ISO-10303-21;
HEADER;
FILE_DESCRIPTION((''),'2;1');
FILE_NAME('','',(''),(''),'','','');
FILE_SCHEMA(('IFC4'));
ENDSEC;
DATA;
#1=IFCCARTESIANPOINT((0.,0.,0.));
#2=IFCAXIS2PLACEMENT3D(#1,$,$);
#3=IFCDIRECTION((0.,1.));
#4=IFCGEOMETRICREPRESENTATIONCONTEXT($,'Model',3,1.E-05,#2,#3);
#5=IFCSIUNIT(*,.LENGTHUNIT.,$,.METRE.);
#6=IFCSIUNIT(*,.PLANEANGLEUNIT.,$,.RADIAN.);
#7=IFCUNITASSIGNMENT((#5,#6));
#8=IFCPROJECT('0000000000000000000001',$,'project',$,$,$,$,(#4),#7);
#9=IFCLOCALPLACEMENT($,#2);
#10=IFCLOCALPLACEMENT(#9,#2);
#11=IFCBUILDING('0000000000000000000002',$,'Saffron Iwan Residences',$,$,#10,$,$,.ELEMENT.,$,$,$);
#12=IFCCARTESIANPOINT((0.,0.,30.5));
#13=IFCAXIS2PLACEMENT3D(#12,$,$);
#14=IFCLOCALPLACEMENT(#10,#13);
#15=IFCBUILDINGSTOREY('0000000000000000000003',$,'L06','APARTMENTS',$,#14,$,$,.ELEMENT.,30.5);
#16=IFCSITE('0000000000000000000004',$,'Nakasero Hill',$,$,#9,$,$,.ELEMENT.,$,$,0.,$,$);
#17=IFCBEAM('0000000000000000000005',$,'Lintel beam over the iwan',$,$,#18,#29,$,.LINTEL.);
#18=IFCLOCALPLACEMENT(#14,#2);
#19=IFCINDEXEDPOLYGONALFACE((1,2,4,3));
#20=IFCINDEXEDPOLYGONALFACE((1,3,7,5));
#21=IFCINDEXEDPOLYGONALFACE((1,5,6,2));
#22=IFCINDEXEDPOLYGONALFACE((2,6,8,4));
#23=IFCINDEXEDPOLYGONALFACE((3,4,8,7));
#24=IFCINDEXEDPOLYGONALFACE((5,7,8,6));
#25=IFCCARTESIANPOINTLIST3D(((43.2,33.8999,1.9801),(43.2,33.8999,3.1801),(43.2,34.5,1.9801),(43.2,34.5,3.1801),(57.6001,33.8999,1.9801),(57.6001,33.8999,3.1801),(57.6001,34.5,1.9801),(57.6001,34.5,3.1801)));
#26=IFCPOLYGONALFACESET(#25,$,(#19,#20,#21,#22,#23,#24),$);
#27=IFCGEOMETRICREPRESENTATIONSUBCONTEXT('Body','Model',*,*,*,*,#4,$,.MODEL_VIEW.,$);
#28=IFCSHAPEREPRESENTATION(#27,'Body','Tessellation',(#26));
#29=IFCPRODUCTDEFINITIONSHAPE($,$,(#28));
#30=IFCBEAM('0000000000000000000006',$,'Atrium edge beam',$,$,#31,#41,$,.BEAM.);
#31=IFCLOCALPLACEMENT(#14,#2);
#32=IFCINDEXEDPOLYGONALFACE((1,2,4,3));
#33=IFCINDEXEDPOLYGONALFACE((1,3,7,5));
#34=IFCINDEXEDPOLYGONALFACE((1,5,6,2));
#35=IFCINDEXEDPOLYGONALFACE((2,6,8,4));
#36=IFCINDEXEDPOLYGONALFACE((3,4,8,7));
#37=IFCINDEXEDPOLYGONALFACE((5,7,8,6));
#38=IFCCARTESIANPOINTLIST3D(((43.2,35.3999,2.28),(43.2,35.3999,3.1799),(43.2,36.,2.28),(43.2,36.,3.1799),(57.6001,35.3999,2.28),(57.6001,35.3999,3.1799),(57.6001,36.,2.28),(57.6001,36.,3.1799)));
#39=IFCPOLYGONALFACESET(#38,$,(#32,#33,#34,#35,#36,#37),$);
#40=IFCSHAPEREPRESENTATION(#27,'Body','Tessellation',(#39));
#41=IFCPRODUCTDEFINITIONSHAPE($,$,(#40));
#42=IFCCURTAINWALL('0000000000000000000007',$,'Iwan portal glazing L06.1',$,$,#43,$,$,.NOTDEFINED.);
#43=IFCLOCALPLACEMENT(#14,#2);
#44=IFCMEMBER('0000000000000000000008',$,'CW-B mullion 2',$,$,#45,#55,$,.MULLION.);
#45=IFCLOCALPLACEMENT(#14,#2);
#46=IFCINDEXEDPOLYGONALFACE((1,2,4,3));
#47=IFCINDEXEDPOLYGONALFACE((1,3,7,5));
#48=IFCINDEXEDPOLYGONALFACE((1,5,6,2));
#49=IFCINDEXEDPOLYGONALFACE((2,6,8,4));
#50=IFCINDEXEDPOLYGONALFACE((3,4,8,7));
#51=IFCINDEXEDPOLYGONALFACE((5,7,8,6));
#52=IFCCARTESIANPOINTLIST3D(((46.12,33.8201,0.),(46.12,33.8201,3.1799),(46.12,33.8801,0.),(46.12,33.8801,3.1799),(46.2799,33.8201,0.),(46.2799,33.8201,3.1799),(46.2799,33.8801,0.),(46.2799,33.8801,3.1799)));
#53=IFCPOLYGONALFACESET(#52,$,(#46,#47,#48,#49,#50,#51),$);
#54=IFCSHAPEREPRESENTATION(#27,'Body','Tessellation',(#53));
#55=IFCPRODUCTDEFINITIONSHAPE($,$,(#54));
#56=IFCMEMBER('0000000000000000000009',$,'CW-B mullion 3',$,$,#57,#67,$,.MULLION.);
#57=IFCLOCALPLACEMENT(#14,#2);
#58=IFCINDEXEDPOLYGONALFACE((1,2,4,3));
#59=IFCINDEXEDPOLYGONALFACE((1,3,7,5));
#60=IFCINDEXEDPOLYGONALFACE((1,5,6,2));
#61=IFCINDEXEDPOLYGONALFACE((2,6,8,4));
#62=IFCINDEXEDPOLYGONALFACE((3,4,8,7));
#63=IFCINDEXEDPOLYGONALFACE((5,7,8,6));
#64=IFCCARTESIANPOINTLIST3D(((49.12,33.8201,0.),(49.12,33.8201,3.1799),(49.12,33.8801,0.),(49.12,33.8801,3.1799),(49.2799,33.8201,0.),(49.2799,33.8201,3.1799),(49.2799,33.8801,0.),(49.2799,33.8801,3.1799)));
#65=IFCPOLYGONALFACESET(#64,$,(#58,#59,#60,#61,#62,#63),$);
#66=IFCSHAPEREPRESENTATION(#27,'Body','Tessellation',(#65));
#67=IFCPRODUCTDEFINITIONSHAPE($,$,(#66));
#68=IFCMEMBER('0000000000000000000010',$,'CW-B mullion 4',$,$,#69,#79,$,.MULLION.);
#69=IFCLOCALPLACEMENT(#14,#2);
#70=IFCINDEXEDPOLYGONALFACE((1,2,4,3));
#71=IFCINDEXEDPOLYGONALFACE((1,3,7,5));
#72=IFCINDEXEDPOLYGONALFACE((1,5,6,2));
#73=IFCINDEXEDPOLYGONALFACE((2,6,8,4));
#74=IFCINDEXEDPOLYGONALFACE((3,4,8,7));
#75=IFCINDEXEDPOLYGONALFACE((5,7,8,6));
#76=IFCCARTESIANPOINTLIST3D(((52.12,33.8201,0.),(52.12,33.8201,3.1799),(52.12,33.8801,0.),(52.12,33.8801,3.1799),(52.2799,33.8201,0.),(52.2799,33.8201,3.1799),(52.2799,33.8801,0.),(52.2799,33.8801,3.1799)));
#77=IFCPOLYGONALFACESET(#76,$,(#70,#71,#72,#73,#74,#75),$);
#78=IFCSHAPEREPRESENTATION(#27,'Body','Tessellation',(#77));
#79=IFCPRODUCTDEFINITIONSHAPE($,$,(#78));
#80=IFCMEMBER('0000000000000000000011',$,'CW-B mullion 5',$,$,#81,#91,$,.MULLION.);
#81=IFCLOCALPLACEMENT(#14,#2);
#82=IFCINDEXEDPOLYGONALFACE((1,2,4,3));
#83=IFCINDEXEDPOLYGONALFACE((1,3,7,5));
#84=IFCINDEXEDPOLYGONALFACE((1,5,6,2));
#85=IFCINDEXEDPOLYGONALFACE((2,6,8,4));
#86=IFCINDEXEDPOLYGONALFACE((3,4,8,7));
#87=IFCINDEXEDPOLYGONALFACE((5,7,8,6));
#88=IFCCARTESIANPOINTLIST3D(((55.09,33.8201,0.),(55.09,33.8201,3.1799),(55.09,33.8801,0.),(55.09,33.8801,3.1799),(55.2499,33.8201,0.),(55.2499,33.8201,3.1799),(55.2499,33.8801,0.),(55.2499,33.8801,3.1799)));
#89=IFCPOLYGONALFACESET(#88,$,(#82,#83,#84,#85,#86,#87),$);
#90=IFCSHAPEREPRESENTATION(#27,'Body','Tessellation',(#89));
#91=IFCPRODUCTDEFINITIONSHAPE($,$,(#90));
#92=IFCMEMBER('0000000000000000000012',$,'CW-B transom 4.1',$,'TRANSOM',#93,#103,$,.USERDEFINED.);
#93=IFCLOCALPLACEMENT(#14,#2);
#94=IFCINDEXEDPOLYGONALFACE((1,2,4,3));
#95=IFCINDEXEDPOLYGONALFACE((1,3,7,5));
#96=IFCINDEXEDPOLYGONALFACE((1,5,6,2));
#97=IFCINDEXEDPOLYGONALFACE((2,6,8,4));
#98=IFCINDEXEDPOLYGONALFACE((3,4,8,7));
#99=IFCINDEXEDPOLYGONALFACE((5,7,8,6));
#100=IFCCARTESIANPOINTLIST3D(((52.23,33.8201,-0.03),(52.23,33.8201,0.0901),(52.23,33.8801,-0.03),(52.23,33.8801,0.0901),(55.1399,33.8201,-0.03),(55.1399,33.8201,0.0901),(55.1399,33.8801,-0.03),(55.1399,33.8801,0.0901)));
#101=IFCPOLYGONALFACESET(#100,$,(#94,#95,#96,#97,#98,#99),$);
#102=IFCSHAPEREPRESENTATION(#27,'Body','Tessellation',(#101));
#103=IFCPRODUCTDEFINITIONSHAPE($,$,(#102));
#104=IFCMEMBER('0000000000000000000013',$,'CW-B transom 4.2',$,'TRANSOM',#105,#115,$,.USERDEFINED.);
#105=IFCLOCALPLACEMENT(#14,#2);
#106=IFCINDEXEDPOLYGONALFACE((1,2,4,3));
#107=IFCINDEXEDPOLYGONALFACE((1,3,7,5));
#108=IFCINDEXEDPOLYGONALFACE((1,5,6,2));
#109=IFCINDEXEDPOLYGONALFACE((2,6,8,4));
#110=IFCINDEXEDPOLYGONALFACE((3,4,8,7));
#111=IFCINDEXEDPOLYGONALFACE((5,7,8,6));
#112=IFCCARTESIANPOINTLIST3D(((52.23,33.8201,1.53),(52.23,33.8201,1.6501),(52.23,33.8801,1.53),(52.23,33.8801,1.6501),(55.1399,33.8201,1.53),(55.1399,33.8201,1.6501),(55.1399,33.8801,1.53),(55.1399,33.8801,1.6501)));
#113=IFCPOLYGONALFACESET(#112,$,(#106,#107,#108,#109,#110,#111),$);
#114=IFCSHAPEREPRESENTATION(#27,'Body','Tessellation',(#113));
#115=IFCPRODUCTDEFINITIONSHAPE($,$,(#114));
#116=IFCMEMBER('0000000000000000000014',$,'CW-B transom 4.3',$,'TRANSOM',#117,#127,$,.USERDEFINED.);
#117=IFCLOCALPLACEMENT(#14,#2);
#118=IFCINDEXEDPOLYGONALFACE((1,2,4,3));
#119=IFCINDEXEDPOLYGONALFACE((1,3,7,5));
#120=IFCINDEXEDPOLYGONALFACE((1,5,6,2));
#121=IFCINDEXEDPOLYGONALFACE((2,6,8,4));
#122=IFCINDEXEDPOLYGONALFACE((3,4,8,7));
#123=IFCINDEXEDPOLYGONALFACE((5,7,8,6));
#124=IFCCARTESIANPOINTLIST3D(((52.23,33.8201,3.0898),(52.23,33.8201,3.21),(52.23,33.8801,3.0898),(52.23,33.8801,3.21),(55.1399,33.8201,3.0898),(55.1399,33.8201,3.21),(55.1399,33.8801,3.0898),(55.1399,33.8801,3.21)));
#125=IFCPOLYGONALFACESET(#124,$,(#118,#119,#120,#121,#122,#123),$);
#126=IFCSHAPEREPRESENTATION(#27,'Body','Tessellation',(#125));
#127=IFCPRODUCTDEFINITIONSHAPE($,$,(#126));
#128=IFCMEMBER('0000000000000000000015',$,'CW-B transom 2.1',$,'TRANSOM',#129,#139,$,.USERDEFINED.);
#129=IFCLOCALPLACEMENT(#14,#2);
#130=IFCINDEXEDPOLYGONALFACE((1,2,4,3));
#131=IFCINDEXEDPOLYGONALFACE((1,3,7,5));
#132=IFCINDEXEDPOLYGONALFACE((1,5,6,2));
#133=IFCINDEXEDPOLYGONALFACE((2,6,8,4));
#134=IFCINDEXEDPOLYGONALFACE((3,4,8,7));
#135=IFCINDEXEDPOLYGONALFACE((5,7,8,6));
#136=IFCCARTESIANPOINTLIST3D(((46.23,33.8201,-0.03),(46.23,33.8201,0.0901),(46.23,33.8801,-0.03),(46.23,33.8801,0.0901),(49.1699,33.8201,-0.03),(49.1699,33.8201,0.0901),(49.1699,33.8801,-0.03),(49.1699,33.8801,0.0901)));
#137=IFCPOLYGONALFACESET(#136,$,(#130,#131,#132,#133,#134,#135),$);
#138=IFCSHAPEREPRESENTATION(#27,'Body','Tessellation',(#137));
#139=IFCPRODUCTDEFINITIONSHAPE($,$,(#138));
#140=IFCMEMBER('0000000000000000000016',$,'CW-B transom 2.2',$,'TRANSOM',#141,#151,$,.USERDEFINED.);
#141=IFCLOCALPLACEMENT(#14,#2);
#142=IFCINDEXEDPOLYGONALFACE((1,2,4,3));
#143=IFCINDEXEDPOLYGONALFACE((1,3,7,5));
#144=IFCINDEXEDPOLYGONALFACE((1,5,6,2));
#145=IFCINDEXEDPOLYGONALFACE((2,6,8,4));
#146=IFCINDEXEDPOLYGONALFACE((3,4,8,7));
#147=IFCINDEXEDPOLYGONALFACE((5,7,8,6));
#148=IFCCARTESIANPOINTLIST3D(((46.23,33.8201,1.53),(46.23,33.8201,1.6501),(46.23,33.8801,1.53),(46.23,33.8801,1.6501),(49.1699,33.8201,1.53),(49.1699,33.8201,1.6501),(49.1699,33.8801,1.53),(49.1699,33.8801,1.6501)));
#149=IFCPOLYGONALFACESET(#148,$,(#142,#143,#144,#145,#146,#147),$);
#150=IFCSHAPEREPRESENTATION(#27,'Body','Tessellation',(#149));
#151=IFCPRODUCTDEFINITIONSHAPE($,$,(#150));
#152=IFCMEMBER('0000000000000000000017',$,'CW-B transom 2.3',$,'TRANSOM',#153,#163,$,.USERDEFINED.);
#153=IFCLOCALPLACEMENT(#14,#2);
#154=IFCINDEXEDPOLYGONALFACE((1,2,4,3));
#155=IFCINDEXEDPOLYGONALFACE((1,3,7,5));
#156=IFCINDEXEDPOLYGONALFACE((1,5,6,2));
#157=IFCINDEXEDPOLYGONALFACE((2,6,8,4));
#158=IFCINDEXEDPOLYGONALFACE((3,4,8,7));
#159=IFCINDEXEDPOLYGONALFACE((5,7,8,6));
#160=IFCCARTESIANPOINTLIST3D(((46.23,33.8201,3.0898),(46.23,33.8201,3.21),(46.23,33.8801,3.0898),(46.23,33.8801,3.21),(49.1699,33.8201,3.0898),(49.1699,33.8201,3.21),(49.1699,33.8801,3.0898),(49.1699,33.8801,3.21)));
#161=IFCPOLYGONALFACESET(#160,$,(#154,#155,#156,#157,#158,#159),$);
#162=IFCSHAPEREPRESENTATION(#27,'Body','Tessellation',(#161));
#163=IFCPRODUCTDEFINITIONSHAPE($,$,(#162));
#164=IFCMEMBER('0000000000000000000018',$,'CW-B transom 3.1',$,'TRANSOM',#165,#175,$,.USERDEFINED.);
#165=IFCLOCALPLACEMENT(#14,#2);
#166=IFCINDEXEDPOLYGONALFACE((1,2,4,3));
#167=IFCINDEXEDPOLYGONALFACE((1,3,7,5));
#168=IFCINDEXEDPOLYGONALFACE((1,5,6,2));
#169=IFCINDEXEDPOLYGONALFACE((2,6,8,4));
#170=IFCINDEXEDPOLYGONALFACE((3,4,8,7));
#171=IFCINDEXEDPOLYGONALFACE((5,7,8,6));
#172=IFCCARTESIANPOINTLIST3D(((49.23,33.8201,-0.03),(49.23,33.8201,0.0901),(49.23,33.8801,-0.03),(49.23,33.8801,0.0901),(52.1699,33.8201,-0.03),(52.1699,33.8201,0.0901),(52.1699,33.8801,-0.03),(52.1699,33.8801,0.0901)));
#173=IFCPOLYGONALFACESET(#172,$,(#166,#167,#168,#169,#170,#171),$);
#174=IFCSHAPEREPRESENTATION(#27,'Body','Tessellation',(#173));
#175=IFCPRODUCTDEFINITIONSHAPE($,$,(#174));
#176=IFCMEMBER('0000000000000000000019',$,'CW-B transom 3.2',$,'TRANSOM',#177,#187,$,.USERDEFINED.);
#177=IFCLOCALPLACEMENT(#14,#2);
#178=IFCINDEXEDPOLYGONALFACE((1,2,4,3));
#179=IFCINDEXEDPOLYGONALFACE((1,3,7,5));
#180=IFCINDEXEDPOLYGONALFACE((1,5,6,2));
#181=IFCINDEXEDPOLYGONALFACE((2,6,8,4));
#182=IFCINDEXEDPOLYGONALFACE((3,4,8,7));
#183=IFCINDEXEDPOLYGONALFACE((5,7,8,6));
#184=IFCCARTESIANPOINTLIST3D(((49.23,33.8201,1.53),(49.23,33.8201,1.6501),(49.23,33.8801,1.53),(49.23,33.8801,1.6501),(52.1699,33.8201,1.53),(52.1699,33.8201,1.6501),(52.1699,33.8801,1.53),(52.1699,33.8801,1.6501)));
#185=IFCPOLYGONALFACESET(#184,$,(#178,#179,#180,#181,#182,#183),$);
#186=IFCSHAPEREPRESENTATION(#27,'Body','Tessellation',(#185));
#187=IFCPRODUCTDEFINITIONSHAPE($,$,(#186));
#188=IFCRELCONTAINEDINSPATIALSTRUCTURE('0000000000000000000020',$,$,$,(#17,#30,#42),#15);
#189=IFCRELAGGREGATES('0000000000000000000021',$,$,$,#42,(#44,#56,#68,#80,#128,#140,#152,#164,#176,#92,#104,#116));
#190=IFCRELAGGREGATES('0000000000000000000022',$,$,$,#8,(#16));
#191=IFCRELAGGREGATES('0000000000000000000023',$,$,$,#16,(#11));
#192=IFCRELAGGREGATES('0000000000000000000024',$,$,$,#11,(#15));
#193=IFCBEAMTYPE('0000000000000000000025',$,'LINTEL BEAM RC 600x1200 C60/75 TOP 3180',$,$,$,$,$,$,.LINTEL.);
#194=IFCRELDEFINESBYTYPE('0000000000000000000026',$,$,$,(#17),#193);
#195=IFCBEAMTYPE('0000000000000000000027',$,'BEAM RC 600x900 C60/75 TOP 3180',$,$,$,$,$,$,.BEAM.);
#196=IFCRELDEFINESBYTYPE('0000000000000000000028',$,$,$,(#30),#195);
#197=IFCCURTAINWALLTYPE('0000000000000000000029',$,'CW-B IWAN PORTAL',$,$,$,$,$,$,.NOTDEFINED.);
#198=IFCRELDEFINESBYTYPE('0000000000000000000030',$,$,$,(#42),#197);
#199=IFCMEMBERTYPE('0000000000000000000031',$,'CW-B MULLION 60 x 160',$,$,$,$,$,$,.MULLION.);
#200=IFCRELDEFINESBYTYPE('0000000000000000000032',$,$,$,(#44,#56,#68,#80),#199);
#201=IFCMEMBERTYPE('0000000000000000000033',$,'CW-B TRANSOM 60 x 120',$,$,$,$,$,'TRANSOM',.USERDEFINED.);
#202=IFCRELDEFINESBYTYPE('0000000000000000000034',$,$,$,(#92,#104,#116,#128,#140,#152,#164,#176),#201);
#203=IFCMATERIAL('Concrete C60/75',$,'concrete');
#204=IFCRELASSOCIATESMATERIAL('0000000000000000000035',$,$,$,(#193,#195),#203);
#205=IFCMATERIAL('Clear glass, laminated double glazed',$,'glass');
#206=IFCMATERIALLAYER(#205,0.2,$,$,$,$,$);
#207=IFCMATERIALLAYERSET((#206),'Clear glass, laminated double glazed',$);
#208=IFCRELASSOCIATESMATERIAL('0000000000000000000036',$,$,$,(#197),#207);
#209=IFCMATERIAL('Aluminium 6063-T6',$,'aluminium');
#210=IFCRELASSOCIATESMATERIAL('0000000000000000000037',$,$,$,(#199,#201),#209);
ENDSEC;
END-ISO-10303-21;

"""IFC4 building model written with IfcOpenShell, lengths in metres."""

from ifc_helpers import new_model, si_unit, direction, frame, origin, origin_2d, place, context, subcontext, project, spatial, rectangle, extrude, source, transform, mapped, material, layer, layer_set, material_profile, profile_set, type_object, element, aggregate, save


model = new_model("IFC4")

# Units and contexts
model_context = context("Model", 3, precision=1e-05, world=origin(), true_north=direction((0.0, 1.0)))
body_context = subcontext(model_context, "Body", "Model", "MODEL_VIEW")
ifc_project = project(units=[si_unit("LENGTHUNIT", "METRE"), si_unit("PLANEANGLEUNIT", "RADIAN")], contexts=[model_context])

# Site, building, storey
site_placement = place(None, origin())
site = spatial("IfcSite", under=ifc_project, at=site_placement, Name="Nakasero Hill", CompositionType="ELEMENT", RefElevation=0.0)
building_placement = place(site_placement, origin())
building = spatial("IfcBuilding", under=site, at=building_placement, Name="Saffron Iwan Residences", CompositionType="ELEMENT")
storey_placement = place(building_placement, frame((0.0, 0.0, 30.5)))
storey = spatial("IfcBuildingStorey", under=building, at=storey_placement, Name="L06", Description="APARTMENTS", CompositionType="ELEMENT", Elevation=30.5)

# Beams
ifc_material_1 = material(Name="Concrete C60/75", Category="concrete")
ifc_material_profile_1 = material_profile(ifc_material_1, rectangle(XDim=0.6001, YDim=1.2, at=origin_2d()), Name="RC 600x1200")
ifc_profile_set_1 = profile_set([ifc_material_profile_1], Name="Concrete C60/75")
beam_type_1 = type_object("IfcBeamType", Name="LINTEL BEAM RC 600x1200 C60/75 TOP 3180", PredefinedType="LINTEL", material=ifc_profile_set_1)
shared_shape_1 = source(origin(), body_context, "Body", "SweptSolid", [
    extrude(rectangle(XDim=0.6001, YDim=1.2, at=origin_2d()), origin(), (0.0, 0.0, 1.0), 14.4001),
])
beam_1_placement = place(storey_placement, frame((57.6001, 34.2, 2.5801), z_axis=(-1.0, 0.0, 0.0), x_axis=(0.0, -1.0, 0.0)))
element("IfcBeam", 1, at=beam_1_placement, inside=storey, type_object=beam_type_1, Name="Lintel beam over the iwan", PredefinedType="LINTEL", context=body_context, shape_type="MappedRepresentation", body=[
    mapped(shared_shape_1, transform((0.0, 0.0, 0.0))),
])
ifc_material_profile_2 = material_profile(ifc_material_1, rectangle(XDim=0.6001, YDim=0.8999, at=origin_2d()), Name="RC 600x900")
ifc_profile_set_2 = profile_set([ifc_material_profile_2], Name="Concrete C60/75")
beam_type_2 = type_object("IfcBeamType", Name="BEAM RC 600x900 C60/75 TOP 3180", PredefinedType="BEAM", material=ifc_profile_set_2)
shared_shape_2 = source(origin(), body_context, "Body", "SweptSolid", [
    extrude(rectangle(XDim=0.6001, YDim=0.8999, at=origin_2d()), origin(), (0.0, 0.0, 1.0), 14.4001),
])
beam_2_placement = place(storey_placement, frame((57.6001, 35.7, 2.73), z_axis=(-1.0, 0.0, 0.0), x_axis=(0.0, -1.0, 0.0)))
element("IfcBeam", 2, at=beam_2_placement, inside=storey, type_object=beam_type_2, Name="Atrium edge beam", PredefinedType="BEAM", context=body_context, shape_type="MappedRepresentation", body=[
    mapped(shared_shape_2, transform((0.0, 0.0, 0.0))),
])

# Curtain wall, members
ifc_material_2 = material(Name="Clear glass, laminated double glazed", Category="glass")
ifc_layer_1 = layer(ifc_material_2, 0.2)
ifc_layer_set_1 = layer_set([ifc_layer_1], Name="Clear glass, laminated double glazed")
curtain_wall_type = type_object("IfcCurtainWallType", Name="CW-B IWAN PORTAL", PredefinedType="NOTDEFINED", material=ifc_layer_set_1)
curtain_wall_placement = place(storey_placement, origin())
curtain_wall = element("IfcCurtainWall", 3, at=curtain_wall_placement, inside=storey, type_object=curtain_wall_type, Name="Iwan portal glazing L06.1", PredefinedType="NOTDEFINED")
ifc_material_3 = material(Name="Aluminium 6063-T6", Category="aluminium")
ifc_material_profile_3 = material_profile(ifc_material_3, rectangle(XDim=0.0601, YDim=0.1599, at=origin_2d()), Name="CW-B MULLION 60 x 160")
ifc_profile_set_3 = profile_set([ifc_material_profile_3], Name="Aluminium 6063-T6")
member_type_1 = type_object("IfcMemberType", Name="CW-B MULLION 60 x 160", PredefinedType="MULLION", material=ifc_profile_set_3)
shared_shape_3 = source(origin(), body_context, "Body", "SweptSolid", [
    extrude(rectangle(XDim=0.0601, YDim=0.1599, at=origin_2d()), origin(), (0.0, 0.0, 1.0), 3.1799),
])
member_1_placement = place(storey_placement, frame((46.2, 33.8501, 0.0), z_axis=(0.0, 0.0, 1.0), x_axis=(0.0, 1.0, 0.0)))
member_1 = element("IfcMember", 4, at=member_1_placement, type_object=member_type_1, Name="CW-B mullion 2", PredefinedType="MULLION", context=body_context, shape_type="MappedRepresentation", body=[
    mapped(shared_shape_3, transform((0.0, 0.0, 0.0))),
])
member_2_placement = place(storey_placement, frame((49.2, 33.8501, 0.0), z_axis=(0.0, 0.0, 1.0), x_axis=(0.0, 1.0, 0.0)))
member_2 = element("IfcMember", 5, at=member_2_placement, type_object=member_type_1, Name="CW-B mullion 3", PredefinedType="MULLION", context=body_context, shape_type="MappedRepresentation", body=[
    mapped(shared_shape_3, transform((0.0, 0.0, 0.0))),
])
member_3_placement = place(storey_placement, frame((52.2, 33.8501, 0.0), z_axis=(0.0, 0.0, 1.0), x_axis=(0.0, 1.0, 0.0)))
member_3 = element("IfcMember", 6, at=member_3_placement, type_object=member_type_1, Name="CW-B mullion 4", PredefinedType="MULLION", context=body_context, shape_type="MappedRepresentation", body=[
    mapped(shared_shape_3, transform((0.0, 0.0, 0.0))),
])
member_4_placement = place(storey_placement, frame((55.1699, 33.8501, 0.0), z_axis=(0.0, 0.0, 1.0), x_axis=(0.0, 1.0, 0.0)))
member_4 = element("IfcMember", 7, at=member_4_placement, type_object=member_type_1, Name="CW-B mullion 5", PredefinedType="MULLION", context=body_context, shape_type="MappedRepresentation", body=[
    mapped(shared_shape_3, transform((0.0, 0.0, 0.0))),
])
ifc_material_profile_4 = material_profile(ifc_material_3, rectangle(XDim=0.0601, YDim=0.1201, at=origin_2d()), Name="CW-B TRANSOM 60 x 120")
ifc_profile_set_4 = profile_set([ifc_material_profile_4], Name="Aluminium 6063-T6")
member_type_2 = type_object("IfcMemberType", Name="CW-B TRANSOM 60 x 120", ElementType="TRANSOM", PredefinedType="USERDEFINED", material=ifc_profile_set_4)
shared_shape_4 = source(origin(), body_context, "Body", "SweptSolid", [
    extrude(rectangle(XDim=0.0601, YDim=0.1201, at=origin_2d()), origin(), (0.0, 0.0, 1.0), 2.9099),
])
member_5_placement = place(storey_placement, frame((52.23, 33.8501, 0.03), z_axis=(1.0, 0.0, 0.0), x_axis=(0.0, 1.0, 0.0)))
member_5 = element("IfcMember", 8, at=member_5_placement, type_object=member_type_2, Name="CW-B transom 4.1", ObjectType="TRANSOM", PredefinedType="USERDEFINED", context=body_context, shape_type="MappedRepresentation", body=[
    mapped(shared_shape_4, transform((0.0, 0.0, 0.0))),
])
member_6_placement = place(storey_placement, frame((52.23, 33.8501, 1.5901), z_axis=(1.0, 0.0, 0.0), x_axis=(0.0, 1.0, 0.0)))
member_6 = element("IfcMember", 9, at=member_6_placement, type_object=member_type_2, Name="CW-B transom 4.2", ObjectType="TRANSOM", PredefinedType="USERDEFINED", context=body_context, shape_type="MappedRepresentation", body=[
    mapped(shared_shape_4, transform((0.0, 0.0, 0.0))),
])
member_7_placement = place(storey_placement, frame((52.23, 33.8501, 3.1499), z_axis=(1.0, 0.0, 0.0), x_axis=(0.0, 1.0, 0.0)))
member_7 = element("IfcMember", 10, at=member_7_placement, type_object=member_type_2, Name="CW-B transom 4.3", ObjectType="TRANSOM", PredefinedType="USERDEFINED", context=body_context, shape_type="MappedRepresentation", body=[
    mapped(shared_shape_4, transform((0.0, 0.0, 0.0))),
])
shared_shape_5 = source(origin(), body_context, "Body", "SweptSolid", [
    extrude(rectangle(XDim=0.0601, YDim=0.1201, at=origin_2d()), origin(), (0.0, 0.0, 1.0), 2.9399),
])
member_8_placement = place(storey_placement, frame((46.23, 33.8501, 0.03), z_axis=(1.0, 0.0, 0.0), x_axis=(0.0, 1.0, 0.0)))
member_8 = element("IfcMember", 11, at=member_8_placement, type_object=member_type_2, Name="CW-B transom 2.1", ObjectType="TRANSOM", PredefinedType="USERDEFINED", context=body_context, shape_type="MappedRepresentation", body=[
    mapped(shared_shape_5, transform((0.0, 0.0, 0.0))),
])
member_9_placement = place(storey_placement, frame((46.23, 33.8501, 1.5901), z_axis=(1.0, 0.0, 0.0), x_axis=(0.0, 1.0, 0.0)))
member_9 = element("IfcMember", 12, at=member_9_placement, type_object=member_type_2, Name="CW-B transom 2.2", ObjectType="TRANSOM", PredefinedType="USERDEFINED", context=body_context, shape_type="MappedRepresentation", body=[
    mapped(shared_shape_5, transform((0.0, 0.0, 0.0))),
])
member_10_placement = place(storey_placement, frame((46.23, 33.8501, 3.1499), z_axis=(1.0, 0.0, 0.0), x_axis=(0.0, 1.0, 0.0)))
member_10 = element("IfcMember", 13, at=member_10_placement, type_object=member_type_2, Name="CW-B transom 2.3", ObjectType="TRANSOM", PredefinedType="USERDEFINED", context=body_context, shape_type="MappedRepresentation", body=[
    mapped(shared_shape_5, transform((0.0, 0.0, 0.0))),
])
member_11_placement = place(storey_placement, frame((49.23, 33.8501, 0.03), z_axis=(1.0, 0.0, 0.0), x_axis=(0.0, 1.0, 0.0)))
member_11 = element("IfcMember", 14, at=member_11_placement, type_object=member_type_2, Name="CW-B transom 3.1", ObjectType="TRANSOM", PredefinedType="USERDEFINED", context=body_context, shape_type="MappedRepresentation", body=[
    mapped(shared_shape_5, transform((0.0, 0.0, 0.0))),
])
member_12_placement = place(storey_placement, frame((49.23, 33.8501, 1.5901), z_axis=(1.0, 0.0, 0.0), x_axis=(0.0, 1.0, 0.0)))
member_12 = element("IfcMember", 15, at=member_12_placement, type_object=member_type_2, Name="CW-B transom 3.2", ObjectType="TRANSOM", PredefinedType="USERDEFINED", context=body_context, shape_type="MappedRepresentation", body=[
    mapped(shared_shape_5, transform((0.0, 0.0, 0.0))),
])
aggregate(curtain_wall, [member_1, member_2, member_3, member_4, member_8, member_9, member_10, member_11, member_12, member_5, member_6, member_7])

save(model, "model.ifc")
